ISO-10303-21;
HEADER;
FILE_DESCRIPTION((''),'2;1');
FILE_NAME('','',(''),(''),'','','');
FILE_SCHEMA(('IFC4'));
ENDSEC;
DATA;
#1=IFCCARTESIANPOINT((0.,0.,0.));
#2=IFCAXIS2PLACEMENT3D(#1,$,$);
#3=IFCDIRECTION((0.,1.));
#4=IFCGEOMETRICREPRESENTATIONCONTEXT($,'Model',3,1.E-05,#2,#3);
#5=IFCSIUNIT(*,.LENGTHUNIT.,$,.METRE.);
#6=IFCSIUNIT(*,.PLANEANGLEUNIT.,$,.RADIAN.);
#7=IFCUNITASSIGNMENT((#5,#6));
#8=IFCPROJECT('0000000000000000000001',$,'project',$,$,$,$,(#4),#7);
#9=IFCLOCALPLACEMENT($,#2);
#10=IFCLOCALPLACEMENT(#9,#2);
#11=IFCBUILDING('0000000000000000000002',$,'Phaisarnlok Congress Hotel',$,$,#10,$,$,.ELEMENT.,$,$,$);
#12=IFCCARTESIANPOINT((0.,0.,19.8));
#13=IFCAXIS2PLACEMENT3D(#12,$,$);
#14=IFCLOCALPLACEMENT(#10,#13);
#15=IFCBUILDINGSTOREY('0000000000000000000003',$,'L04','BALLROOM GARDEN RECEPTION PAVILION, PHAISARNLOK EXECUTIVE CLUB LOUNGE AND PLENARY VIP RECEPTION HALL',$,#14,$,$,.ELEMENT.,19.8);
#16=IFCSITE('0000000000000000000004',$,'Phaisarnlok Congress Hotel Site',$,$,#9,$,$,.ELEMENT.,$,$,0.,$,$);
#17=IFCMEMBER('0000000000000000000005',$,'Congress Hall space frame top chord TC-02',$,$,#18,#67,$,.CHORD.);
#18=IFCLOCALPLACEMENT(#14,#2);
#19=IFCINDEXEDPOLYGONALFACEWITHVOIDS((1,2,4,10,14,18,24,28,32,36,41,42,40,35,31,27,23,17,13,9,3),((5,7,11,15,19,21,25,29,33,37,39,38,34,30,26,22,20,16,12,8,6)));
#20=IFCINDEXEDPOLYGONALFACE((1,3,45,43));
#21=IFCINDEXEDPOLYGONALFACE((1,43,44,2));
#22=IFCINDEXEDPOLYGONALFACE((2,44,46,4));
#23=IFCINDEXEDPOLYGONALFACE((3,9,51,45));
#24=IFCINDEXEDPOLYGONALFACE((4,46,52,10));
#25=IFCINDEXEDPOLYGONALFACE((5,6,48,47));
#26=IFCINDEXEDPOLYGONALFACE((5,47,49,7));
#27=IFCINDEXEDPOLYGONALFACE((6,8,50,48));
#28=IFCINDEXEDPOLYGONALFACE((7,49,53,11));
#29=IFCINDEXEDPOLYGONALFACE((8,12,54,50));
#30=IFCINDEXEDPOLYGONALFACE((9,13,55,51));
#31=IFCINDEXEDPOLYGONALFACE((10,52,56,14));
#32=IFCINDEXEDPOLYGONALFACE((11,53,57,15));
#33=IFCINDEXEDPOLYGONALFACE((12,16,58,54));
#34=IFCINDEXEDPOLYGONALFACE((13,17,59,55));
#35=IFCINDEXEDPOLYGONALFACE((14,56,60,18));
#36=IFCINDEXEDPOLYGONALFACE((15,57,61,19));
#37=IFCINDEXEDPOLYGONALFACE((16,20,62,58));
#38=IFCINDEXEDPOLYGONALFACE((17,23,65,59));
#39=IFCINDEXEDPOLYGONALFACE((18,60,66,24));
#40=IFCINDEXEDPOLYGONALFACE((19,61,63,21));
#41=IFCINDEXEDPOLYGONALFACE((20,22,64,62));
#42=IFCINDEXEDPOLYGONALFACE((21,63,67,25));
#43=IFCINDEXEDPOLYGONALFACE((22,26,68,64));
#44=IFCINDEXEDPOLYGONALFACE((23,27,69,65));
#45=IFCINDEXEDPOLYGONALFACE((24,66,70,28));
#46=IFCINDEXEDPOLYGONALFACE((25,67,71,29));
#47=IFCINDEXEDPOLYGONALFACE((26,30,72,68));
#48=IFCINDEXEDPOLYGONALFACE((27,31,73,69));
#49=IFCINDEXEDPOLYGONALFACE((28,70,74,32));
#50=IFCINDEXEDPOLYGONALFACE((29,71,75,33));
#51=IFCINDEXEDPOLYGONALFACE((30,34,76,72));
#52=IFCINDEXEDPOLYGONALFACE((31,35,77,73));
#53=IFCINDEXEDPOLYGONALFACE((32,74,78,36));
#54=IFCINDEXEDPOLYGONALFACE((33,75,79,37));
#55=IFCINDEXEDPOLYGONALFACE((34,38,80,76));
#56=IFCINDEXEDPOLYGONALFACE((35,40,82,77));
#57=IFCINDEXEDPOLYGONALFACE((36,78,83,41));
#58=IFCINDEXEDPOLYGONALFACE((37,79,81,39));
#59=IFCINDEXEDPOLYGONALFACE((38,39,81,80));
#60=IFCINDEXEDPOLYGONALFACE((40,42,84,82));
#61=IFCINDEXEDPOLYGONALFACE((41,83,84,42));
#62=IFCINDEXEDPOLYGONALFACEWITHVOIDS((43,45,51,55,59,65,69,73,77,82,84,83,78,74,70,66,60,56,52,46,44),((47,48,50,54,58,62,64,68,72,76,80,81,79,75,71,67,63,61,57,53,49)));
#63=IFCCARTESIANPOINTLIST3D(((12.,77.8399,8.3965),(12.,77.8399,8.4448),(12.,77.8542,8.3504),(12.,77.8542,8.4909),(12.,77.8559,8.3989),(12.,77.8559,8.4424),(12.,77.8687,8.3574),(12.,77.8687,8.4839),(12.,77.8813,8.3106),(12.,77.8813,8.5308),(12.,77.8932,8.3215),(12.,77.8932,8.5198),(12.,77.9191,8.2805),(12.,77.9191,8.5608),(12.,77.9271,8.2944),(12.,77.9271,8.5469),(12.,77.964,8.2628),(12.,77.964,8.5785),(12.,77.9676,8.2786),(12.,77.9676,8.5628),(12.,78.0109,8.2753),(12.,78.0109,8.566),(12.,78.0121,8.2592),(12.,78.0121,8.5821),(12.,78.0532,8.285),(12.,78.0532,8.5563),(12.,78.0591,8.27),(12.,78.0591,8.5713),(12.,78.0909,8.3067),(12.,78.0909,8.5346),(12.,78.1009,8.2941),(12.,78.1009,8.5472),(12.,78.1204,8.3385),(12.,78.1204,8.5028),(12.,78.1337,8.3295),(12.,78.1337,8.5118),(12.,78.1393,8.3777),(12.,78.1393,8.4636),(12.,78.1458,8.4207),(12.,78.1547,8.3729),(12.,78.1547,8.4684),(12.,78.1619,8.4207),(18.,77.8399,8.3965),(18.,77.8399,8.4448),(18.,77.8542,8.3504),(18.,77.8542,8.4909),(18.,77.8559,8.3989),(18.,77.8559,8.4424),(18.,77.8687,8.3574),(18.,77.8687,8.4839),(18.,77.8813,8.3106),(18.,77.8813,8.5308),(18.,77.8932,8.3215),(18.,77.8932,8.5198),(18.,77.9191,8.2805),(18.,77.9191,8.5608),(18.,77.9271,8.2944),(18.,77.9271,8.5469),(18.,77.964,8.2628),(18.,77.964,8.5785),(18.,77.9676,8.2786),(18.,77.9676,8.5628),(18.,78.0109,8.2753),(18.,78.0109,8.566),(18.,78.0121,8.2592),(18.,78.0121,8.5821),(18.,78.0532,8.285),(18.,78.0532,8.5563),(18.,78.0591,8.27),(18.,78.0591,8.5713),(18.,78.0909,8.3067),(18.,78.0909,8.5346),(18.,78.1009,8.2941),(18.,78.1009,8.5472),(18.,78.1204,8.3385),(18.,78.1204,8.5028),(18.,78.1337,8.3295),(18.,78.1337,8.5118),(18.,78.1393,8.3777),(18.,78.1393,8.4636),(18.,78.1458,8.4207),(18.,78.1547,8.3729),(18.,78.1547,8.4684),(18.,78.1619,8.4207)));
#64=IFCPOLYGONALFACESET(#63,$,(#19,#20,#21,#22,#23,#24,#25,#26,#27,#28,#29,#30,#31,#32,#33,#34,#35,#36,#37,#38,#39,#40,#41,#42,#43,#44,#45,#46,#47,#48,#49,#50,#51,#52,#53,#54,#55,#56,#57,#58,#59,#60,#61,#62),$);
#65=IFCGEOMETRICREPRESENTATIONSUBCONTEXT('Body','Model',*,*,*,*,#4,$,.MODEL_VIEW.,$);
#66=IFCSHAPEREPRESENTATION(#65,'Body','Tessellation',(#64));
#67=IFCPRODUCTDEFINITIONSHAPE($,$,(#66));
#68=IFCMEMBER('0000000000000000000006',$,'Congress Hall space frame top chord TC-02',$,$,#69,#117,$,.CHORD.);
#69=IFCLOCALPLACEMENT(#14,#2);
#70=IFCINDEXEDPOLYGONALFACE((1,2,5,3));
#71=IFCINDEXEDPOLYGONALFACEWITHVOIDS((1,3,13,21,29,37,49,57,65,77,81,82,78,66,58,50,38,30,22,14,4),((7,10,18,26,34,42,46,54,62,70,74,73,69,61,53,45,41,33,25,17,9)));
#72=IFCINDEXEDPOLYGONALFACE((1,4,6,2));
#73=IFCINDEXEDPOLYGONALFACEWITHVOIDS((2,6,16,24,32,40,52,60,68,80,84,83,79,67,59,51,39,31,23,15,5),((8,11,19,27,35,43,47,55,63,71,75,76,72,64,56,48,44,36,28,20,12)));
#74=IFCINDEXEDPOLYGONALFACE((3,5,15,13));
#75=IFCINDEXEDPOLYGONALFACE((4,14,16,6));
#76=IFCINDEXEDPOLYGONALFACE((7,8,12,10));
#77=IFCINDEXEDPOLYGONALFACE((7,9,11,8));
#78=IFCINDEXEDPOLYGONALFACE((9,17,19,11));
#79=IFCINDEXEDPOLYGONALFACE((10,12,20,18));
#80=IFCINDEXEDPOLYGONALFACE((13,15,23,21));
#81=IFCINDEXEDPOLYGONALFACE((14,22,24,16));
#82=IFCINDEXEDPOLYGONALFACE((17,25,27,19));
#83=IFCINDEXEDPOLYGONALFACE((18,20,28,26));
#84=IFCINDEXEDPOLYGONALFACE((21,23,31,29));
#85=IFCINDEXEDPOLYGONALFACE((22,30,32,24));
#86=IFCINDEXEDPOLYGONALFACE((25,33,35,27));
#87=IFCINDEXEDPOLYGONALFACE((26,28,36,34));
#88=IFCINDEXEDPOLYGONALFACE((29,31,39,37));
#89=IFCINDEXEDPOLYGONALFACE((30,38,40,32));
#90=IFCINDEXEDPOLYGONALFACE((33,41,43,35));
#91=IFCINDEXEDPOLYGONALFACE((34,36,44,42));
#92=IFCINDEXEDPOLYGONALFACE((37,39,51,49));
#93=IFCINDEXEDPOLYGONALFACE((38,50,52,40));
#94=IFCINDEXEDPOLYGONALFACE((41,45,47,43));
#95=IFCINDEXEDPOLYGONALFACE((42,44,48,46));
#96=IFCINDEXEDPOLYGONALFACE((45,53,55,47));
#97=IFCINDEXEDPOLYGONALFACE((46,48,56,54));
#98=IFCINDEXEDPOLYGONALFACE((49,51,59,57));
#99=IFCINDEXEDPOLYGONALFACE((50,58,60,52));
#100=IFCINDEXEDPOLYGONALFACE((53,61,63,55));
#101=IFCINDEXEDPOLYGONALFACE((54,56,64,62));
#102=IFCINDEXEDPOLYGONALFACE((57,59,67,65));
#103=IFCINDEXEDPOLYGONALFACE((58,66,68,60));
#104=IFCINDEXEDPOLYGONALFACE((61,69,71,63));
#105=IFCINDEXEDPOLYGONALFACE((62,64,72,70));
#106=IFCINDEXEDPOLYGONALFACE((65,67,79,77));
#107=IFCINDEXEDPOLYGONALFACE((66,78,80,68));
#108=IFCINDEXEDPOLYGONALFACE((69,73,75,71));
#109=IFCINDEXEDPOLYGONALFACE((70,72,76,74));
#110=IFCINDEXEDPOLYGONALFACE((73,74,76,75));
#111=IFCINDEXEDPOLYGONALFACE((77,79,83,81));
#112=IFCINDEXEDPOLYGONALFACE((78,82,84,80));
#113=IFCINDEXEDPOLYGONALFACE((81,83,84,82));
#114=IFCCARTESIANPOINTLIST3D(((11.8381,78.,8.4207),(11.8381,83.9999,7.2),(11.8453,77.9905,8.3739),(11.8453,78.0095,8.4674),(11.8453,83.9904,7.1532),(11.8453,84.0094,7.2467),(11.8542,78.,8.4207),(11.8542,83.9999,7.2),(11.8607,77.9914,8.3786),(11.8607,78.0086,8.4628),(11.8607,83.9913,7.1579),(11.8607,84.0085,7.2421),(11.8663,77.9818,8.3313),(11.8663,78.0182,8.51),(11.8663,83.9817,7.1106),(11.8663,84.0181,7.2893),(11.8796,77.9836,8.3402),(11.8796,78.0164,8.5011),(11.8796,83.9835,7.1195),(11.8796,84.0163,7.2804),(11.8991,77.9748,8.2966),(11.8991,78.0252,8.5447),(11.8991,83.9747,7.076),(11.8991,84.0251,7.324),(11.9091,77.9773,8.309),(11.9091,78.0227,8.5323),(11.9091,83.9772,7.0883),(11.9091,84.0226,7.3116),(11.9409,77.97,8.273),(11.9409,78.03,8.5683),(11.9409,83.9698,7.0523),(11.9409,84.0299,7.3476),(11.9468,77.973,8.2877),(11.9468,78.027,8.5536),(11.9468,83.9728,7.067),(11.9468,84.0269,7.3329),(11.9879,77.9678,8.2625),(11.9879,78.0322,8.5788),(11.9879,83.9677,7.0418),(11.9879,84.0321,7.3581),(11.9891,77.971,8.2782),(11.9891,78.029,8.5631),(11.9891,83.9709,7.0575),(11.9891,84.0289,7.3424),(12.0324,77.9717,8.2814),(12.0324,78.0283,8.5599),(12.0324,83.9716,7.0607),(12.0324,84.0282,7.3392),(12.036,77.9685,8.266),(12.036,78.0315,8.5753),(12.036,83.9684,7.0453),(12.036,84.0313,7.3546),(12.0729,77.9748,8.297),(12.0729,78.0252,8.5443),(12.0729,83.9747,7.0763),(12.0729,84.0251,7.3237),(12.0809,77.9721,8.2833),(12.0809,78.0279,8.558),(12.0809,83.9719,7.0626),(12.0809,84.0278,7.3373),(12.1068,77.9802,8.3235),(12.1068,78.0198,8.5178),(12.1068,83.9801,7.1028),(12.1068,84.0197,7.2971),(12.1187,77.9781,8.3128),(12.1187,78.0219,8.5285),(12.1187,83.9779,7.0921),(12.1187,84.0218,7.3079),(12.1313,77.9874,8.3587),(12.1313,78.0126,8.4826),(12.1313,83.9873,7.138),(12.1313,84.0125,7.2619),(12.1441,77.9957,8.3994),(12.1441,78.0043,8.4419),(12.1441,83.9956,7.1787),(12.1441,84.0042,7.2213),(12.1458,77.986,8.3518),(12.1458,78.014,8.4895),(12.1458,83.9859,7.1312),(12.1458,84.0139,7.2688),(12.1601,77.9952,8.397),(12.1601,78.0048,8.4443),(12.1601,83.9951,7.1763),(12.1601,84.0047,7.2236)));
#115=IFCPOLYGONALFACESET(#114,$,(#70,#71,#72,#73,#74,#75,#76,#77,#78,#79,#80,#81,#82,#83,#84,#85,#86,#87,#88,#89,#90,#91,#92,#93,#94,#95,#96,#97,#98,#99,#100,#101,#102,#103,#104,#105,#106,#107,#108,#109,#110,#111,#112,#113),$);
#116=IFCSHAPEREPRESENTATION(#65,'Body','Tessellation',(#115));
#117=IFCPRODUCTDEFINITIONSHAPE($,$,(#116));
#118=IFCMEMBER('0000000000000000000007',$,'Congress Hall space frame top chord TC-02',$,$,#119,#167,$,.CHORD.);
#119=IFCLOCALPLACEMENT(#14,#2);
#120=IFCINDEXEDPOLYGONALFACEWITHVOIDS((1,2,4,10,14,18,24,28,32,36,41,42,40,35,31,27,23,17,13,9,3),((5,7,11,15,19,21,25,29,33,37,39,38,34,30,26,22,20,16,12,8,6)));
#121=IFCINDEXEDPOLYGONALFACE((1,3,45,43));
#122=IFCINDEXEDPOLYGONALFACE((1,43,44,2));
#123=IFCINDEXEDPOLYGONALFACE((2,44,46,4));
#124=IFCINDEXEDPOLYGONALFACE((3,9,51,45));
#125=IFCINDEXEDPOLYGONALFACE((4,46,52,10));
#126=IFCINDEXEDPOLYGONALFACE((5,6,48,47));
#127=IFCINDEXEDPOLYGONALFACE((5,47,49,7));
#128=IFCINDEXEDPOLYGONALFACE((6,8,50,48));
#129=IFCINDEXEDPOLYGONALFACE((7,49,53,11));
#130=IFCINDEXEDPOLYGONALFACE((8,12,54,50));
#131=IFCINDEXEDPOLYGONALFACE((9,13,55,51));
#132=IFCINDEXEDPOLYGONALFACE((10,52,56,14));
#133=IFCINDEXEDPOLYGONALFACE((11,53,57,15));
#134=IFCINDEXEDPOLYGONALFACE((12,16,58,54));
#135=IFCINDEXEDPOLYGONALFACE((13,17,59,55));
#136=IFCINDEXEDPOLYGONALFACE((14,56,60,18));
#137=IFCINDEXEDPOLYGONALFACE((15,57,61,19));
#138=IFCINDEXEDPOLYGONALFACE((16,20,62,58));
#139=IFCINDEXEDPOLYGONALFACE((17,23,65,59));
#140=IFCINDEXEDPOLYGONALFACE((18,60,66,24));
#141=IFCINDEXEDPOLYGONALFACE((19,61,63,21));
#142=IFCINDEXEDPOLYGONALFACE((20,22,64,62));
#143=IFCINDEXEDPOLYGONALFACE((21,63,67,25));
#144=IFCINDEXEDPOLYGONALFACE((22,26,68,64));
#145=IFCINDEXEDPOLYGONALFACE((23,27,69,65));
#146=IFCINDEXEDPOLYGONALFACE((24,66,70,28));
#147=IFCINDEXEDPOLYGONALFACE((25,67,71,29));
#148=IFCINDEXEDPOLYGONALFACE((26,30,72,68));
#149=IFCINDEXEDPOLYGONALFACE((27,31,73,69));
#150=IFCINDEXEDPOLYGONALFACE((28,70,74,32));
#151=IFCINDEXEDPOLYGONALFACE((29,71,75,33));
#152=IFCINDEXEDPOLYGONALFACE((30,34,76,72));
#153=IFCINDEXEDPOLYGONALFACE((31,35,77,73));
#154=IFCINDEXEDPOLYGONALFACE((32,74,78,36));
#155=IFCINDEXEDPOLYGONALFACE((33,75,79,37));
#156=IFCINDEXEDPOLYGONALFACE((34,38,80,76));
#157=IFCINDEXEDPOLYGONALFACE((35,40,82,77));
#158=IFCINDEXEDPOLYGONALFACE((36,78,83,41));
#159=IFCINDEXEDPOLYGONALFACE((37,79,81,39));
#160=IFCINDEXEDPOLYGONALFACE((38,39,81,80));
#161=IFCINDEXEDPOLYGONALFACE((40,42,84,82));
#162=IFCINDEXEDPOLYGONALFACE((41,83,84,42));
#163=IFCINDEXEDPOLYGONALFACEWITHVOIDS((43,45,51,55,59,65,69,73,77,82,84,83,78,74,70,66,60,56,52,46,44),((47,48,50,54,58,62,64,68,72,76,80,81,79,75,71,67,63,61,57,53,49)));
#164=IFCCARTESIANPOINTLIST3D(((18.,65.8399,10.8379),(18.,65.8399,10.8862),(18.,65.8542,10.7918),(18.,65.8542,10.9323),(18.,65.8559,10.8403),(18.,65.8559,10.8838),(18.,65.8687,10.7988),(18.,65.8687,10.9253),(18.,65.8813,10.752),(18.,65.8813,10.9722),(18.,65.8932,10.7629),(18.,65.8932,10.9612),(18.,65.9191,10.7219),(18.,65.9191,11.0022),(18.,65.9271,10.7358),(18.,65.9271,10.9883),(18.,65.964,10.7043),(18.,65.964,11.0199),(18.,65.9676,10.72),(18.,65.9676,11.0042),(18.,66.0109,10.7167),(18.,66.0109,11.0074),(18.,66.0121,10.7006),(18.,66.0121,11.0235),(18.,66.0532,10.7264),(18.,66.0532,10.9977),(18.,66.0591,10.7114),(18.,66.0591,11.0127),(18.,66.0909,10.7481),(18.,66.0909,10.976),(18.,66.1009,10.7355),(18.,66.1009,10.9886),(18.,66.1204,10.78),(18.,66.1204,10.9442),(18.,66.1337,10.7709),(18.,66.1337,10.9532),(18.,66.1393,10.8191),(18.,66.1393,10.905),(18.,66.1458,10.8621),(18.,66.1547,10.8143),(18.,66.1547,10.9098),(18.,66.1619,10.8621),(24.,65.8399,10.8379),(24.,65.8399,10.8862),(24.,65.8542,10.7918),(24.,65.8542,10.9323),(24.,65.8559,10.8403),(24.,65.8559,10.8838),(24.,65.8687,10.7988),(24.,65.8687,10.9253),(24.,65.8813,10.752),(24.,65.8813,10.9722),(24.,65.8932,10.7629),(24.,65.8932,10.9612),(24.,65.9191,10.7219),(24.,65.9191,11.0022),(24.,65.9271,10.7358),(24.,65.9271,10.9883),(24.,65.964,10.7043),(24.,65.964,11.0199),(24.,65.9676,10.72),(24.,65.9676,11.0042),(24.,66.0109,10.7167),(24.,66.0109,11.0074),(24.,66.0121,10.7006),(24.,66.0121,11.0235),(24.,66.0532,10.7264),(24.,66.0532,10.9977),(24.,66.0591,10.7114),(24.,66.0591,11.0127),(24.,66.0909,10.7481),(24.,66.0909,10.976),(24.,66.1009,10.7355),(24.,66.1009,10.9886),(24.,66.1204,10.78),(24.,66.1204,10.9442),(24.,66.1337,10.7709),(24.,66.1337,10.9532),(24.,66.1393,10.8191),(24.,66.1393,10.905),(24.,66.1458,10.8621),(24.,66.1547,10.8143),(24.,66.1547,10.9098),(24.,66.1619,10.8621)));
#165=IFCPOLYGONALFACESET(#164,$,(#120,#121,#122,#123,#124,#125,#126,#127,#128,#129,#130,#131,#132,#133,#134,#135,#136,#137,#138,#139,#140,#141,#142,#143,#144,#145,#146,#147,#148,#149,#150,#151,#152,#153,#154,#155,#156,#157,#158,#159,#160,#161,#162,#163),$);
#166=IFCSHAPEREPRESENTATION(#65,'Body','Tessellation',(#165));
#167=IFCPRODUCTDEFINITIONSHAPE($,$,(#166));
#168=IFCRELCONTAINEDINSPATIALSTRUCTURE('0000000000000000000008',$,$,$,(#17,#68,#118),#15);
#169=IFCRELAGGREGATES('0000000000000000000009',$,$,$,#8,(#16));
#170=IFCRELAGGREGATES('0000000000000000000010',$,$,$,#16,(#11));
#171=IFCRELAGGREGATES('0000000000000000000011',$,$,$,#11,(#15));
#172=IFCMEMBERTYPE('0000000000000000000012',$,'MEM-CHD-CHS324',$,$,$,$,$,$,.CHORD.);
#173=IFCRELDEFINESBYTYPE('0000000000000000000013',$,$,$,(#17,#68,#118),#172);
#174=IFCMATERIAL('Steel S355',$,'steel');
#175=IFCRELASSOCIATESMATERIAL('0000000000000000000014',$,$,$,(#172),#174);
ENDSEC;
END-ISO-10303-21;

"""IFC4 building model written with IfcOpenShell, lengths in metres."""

from ifc_helpers import new_model, si_unit, direction, frame, origin, origin_2d, place, context, subcontext, project, spatial, hollow_circle, extrude, material, material_profile, profile_set, type_object, element, save


model = new_model("IFC4")

# Units and contexts
model_context = context("Model", 3, precision=1e-05, world=origin(), true_north=direction((0.0, 1.0)))
body_context = subcontext(model_context, "Body", "Model", "MODEL_VIEW")
ifc_project = project(units=[si_unit("LENGTHUNIT", "METRE"), si_unit("PLANEANGLEUNIT", "RADIAN")], contexts=[model_context])

# Site, building, storey
site_placement = place(None, origin())
site = spatial("IfcSite", under=ifc_project, at=site_placement, Name="Phaisarnlok Congress Hotel Site", CompositionType="ELEMENT", RefElevation=0.0)
building_placement = place(site_placement, origin())
building = spatial("IfcBuilding", under=site, at=building_placement, Name="Phaisarnlok Congress Hotel", CompositionType="ELEMENT")
storey_placement = place(building_placement, frame((0.0, 0.0, 19.8)))
storey = spatial("IfcBuildingStorey", under=building, at=storey_placement, Name="L04", Description="BALLROOM GARDEN RECEPTION PAVILION, PHAISARNLOK EXECUTIVE CLUB LOUNGE AND PLENARY VIP RECEPTION HALL", CompositionType="ELEMENT", Elevation=19.8)

# Members
ifc_material = material(Name="Steel S355", Category="steel")
ifc_material_profile_1 = material_profile(ifc_material, hollow_circle(Radius=0.1619, WallThickness=0.0161, at=origin_2d()), Name="CHS 323.9x16")
ifc_profile_set_1 = profile_set([ifc_material_profile_1], Name="Steel S355")
member_type_1 = type_object("IfcMemberType", Name="MEM-CHD-CHS324", PredefinedType="CHORD", material=ifc_profile_set_1)
member_1_placement = place(storey_placement, frame((12.0, 78.0, 8.4207), z_axis=(1.0, 0.0, 0.0), x_axis=(0.0, 1.0, 0.0)))
element("IfcMember", 1, at=member_1_placement, inside=storey, type_object=member_type_1, Name="Congress Hall space frame top chord TC-02", PredefinedType="CHORD", context=body_context, shape_type="SweptSolid", body=[
    extrude(hollow_circle(Radius=0.1619, WallThickness=0.0161, at=origin_2d()), origin(), (0.0, 0.0, 1.0), 6.0),
])
member_2_placement = place(storey_placement, frame((12.0, 78.0, 8.4207), z_axis=(0.0, 0.979925, -0.199366), x_axis=(-1.0, 0.0, 0.0)))
element("IfcMember", 2, at=member_2_placement, inside=storey, type_object=member_type_1, Name="Congress Hall space frame top chord TC-02", PredefinedType="CHORD", context=body_context, shape_type="SweptSolid", body=[
    extrude(hollow_circle(Radius=0.1619, WallThickness=0.0161, at=origin_2d()), origin(), (0.0, 0.0, 1.0), 6.1228),
])
member_3_placement = place(storey_placement, frame((18.0, 66.0, 10.8621), z_axis=(1.0, 0.0, 0.0), x_axis=(0.0, 1.0, 0.0)))
element("IfcMember", 3, at=member_3_placement, inside=storey, type_object=member_type_1, Name="Congress Hall space frame top chord TC-02", PredefinedType="CHORD", context=body_context, shape_type="SweptSolid", body=[
    extrude(hollow_circle(Radius=0.1619, WallThickness=0.0161, at=origin_2d()), origin(), (0.0, 0.0, 1.0), 6.0),
])

save(model, "model.ifc")
